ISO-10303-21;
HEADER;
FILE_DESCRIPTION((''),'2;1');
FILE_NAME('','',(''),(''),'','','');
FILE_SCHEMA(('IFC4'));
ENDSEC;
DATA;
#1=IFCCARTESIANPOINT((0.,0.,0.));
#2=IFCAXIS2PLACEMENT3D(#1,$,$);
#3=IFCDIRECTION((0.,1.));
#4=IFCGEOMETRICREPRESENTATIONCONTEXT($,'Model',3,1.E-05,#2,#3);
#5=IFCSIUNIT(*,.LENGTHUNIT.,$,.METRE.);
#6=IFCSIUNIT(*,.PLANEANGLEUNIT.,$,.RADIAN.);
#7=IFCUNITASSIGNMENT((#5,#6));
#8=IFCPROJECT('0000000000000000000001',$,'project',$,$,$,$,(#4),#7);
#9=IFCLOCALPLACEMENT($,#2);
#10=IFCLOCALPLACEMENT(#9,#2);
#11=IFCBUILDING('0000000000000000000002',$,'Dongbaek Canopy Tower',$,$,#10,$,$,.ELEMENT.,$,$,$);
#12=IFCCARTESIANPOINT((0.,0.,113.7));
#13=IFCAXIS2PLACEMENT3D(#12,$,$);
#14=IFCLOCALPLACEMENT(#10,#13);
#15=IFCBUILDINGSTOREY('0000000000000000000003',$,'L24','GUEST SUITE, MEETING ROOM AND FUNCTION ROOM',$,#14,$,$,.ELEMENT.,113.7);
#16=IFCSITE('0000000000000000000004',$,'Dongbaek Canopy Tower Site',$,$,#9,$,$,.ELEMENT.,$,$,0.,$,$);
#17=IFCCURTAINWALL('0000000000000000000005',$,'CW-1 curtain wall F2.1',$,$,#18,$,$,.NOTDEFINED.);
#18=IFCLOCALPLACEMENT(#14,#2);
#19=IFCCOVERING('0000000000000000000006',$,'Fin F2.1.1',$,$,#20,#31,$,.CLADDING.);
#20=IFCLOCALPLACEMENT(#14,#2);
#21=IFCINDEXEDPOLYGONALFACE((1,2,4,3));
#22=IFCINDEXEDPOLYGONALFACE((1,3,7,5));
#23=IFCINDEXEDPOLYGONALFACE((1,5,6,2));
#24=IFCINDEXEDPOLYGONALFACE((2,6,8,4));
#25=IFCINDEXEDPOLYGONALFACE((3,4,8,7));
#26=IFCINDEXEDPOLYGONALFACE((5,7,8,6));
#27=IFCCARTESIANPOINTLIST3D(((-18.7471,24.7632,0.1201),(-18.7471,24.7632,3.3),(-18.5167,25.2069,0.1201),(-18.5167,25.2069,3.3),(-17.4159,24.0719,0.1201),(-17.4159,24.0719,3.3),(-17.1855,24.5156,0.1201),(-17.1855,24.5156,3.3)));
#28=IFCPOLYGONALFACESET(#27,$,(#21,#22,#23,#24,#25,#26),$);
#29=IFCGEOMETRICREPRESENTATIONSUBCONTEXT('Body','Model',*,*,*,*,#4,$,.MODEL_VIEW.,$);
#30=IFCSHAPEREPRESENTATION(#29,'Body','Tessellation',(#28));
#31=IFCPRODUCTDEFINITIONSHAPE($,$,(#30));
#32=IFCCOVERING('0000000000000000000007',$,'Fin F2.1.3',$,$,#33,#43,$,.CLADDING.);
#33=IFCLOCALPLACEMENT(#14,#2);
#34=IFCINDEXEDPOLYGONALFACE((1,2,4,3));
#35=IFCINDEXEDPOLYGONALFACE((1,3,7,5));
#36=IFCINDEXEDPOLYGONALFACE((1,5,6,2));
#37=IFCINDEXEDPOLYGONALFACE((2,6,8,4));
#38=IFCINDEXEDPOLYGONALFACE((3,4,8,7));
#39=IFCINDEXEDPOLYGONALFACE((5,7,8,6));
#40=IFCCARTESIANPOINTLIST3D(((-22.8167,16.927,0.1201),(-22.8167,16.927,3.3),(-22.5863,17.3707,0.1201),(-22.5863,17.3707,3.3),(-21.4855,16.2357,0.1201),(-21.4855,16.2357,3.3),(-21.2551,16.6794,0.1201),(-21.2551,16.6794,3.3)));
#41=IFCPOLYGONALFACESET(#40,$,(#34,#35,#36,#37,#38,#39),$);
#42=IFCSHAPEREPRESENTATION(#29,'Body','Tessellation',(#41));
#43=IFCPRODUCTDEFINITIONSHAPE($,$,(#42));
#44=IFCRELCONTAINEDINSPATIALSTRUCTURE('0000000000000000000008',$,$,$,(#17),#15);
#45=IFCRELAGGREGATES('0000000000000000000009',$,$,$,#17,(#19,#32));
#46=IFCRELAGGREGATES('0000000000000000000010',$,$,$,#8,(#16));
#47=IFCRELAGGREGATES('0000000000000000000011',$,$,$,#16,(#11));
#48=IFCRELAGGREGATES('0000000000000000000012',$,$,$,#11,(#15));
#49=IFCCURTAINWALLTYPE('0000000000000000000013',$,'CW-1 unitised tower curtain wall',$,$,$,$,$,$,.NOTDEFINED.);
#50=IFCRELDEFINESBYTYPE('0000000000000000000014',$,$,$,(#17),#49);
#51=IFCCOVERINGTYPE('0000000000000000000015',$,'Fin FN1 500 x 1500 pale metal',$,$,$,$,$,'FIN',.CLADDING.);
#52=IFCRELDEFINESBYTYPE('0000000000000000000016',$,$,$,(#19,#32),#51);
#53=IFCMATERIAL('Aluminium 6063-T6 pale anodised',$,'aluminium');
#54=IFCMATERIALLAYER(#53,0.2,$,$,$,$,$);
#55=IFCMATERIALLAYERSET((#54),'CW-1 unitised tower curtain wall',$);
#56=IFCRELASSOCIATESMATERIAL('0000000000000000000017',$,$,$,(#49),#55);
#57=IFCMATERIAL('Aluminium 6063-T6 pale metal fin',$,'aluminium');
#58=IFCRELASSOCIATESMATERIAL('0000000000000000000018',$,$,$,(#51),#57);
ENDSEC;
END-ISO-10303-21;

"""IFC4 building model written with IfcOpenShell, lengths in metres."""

from ifc_helpers import new_model, si_unit, direction, frame, origin, origin_2d, place, context, subcontext, project, spatial, rectangle, extrude, material, layer, layer_set, material_profile, profile_set, type_object, element, aggregate, save


model = new_model("IFC4")

# Units and contexts
model_context = context("Model", 3, precision=1e-05, world=origin(), true_north=direction((0.0, 1.0)))
body_context = subcontext(model_context, "Body", "Model", "MODEL_VIEW")
ifc_project = project(units=[si_unit("LENGTHUNIT", "METRE"), si_unit("PLANEANGLEUNIT", "RADIAN")], contexts=[model_context])

# Site, building, storey
site_placement = place(None, origin())
site = spatial("IfcSite", under=ifc_project, at=site_placement, Name="Dongbaek Canopy Tower Site", CompositionType="ELEMENT", RefElevation=0.0)
building_placement = place(site_placement, origin())
building = spatial("IfcBuilding", under=site, at=building_placement, Name="Dongbaek Canopy Tower", CompositionType="ELEMENT")
storey_placement = place(building_placement, frame((0.0, 0.0, 113.7)))
storey = spatial("IfcBuildingStorey", under=building, at=storey_placement, Name="L24", Description="GUEST SUITE, MEETING ROOM AND FUNCTION ROOM", CompositionType="ELEMENT", Elevation=113.7)

# Curtain wall
ifc_material_1 = material(Name="Aluminium 6063-T6 pale anodised", Category="aluminium")
ifc_layer_1 = layer(ifc_material_1, 0.2)
ifc_layer_set_1 = layer_set([ifc_layer_1], Name="CW-1 unitised tower curtain wall")
curtain_wall_type = type_object("IfcCurtainWallType", Name="CW-1 unitised tower curtain wall", PredefinedType="NOTDEFINED", material=ifc_layer_set_1)
curtain_wall_1_placement = place(storey_placement, origin())
curtain_wall_1 = element("IfcCurtainWall", 1, at=curtain_wall_1_placement, inside=storey, type_object=curtain_wall_type, Name="CW-1 curtain wall F2.1", PredefinedType="NOTDEFINED")

# Coverings
ifc_material_2 = material(Name="Aluminium 6063-T6 pale metal fin", Category="aluminium")
ifc_material_profile_1 = material_profile(ifc_material_2, rectangle(XDim=1.5, YDim=0.5, at=origin_2d()), Name="Fin FN1 500 x 1500 pale metal")
ifc_profile_set_1 = profile_set([ifc_material_profile_1], Name="Aluminium 6063-T6 pale metal fin")
covering_type = type_object("IfcCoveringType", Name="Fin FN1 500 x 1500 pale metal", ElementType="FIN", PredefinedType="CLADDING", material=ifc_profile_set_1)
covering_1_placement = place(storey_placement, frame((-17.9663, 24.6394, 0.1201), z_axis=(0.0, 0.0, 1.0), x_axis=(-0.887463, 0.46088, 0.0)))
covering_1 = element("IfcCovering", 2, at=covering_1_placement, type_object=covering_type, Name="Fin F2.1.1", PredefinedType="CLADDING", context=body_context, shape_type="SweptSolid", body=[
    extrude(rectangle(XDim=1.5, YDim=0.5, at=origin_2d()), origin(), (0.0, 0.0, 1.0), 3.1799),
])
covering_2_placement = place(storey_placement, frame((-22.0359, 16.8032, 0.1201), z_axis=(0.0, 0.0, 1.0), x_axis=(-0.887463, 0.46088, 0.0)))
covering_2 = element("IfcCovering", 3, at=covering_2_placement, type_object=covering_type, Name="Fin F2.1.3", PredefinedType="CLADDING", context=body_context, shape_type="SweptSolid", body=[
    extrude(rectangle(XDim=1.5, YDim=0.5, at=origin_2d()), origin(), (0.0, 0.0, 1.0), 3.1799),
])
aggregate(curtain_wall_1, [covering_1, covering_2])

save(model, "model.ifc")
